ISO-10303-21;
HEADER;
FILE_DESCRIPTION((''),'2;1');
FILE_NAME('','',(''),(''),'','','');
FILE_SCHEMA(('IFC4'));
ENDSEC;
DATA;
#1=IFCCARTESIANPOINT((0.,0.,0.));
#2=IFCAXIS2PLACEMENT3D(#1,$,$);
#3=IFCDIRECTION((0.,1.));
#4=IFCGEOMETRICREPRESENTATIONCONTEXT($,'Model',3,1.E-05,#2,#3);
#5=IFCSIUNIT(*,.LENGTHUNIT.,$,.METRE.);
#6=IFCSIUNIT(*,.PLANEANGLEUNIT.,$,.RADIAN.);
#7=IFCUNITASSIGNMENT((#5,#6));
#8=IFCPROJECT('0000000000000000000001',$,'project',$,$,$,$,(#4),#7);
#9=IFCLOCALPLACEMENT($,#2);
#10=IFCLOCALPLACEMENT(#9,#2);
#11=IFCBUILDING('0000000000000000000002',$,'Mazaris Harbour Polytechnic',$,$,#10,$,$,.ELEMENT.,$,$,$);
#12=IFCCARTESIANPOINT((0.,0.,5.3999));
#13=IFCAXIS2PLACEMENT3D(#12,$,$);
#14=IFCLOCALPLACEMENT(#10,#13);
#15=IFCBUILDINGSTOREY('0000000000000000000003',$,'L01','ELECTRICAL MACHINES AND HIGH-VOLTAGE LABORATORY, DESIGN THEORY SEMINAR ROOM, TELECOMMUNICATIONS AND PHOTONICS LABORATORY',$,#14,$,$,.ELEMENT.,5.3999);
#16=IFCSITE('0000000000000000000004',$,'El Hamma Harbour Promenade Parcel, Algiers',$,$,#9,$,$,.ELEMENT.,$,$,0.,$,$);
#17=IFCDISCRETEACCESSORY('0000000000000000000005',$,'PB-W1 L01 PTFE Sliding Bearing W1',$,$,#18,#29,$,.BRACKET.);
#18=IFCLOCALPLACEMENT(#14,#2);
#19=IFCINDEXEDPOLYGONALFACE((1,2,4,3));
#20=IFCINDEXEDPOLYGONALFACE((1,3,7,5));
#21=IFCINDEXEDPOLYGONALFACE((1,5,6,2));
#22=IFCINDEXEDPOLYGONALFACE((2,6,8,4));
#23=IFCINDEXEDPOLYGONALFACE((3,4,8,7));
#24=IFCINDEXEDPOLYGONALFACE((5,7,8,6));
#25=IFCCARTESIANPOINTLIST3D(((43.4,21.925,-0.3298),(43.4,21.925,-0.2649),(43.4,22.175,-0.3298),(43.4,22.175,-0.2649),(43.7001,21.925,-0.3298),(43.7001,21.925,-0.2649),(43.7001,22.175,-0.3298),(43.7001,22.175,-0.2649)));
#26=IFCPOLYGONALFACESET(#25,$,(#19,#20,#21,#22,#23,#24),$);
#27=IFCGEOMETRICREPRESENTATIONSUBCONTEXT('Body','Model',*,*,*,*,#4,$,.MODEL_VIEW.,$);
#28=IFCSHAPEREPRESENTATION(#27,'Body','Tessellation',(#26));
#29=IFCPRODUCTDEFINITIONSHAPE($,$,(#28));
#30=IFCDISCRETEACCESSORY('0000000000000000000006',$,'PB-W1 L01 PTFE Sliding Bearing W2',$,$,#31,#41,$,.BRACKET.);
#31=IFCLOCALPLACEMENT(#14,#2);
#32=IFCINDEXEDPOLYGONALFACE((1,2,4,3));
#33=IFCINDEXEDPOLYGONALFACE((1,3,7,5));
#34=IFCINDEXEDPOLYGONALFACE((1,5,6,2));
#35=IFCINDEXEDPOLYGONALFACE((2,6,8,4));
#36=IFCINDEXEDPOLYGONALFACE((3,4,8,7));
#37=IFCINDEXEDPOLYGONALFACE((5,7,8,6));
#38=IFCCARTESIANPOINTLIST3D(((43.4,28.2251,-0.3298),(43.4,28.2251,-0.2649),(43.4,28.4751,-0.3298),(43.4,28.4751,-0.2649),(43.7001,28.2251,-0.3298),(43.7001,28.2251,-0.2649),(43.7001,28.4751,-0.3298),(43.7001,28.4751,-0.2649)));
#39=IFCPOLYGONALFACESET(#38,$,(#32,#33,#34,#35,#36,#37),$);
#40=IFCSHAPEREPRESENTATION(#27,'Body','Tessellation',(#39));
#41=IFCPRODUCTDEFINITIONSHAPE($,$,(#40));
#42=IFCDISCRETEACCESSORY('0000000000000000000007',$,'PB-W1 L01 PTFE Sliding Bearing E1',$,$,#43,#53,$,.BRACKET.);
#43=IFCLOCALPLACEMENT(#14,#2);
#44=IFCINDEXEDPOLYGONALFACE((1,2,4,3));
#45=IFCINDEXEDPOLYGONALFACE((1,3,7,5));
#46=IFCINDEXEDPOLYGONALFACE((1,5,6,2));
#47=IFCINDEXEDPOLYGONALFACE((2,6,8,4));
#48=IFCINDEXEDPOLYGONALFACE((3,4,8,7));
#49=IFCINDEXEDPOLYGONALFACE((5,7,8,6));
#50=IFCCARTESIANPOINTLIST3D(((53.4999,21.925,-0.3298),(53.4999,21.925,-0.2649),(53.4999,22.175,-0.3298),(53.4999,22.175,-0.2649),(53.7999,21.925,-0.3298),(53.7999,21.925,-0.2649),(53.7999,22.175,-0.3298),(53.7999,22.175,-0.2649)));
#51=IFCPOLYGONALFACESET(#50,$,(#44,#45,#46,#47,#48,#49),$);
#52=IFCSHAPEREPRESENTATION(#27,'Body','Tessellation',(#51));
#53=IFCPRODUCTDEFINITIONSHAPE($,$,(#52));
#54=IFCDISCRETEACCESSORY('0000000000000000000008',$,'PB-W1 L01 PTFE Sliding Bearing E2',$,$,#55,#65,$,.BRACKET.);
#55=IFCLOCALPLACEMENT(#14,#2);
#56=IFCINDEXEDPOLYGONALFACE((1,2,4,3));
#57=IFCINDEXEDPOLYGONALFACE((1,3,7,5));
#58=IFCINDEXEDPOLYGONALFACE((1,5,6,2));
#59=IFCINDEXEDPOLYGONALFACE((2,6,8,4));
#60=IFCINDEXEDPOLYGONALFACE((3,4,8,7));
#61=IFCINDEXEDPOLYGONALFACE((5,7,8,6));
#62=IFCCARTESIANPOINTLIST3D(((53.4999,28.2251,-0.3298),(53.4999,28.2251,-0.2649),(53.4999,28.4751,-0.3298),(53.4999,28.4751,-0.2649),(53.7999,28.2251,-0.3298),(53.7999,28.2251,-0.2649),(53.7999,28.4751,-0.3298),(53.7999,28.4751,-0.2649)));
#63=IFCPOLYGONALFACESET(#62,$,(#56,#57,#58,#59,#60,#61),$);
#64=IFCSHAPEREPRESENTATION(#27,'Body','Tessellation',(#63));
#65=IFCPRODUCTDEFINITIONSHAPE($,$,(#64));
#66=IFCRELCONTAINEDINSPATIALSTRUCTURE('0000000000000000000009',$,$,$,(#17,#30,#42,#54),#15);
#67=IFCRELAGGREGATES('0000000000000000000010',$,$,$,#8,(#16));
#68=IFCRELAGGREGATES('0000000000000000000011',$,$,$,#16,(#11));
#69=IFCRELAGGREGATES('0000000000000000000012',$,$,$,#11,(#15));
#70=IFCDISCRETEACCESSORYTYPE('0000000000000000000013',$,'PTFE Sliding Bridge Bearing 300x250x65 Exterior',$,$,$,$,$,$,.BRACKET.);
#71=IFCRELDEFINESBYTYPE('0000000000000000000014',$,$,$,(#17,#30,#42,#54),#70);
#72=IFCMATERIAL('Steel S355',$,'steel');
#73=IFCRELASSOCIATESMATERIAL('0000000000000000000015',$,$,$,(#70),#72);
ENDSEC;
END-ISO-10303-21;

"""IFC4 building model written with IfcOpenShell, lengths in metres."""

from ifc_helpers import new_model, si_unit, direction, frame, origin, origin_2d, place, context, subcontext, project, spatial, rectangle, extrude, material, type_object, element, save


model = new_model("IFC4")

# Units and contexts
model_context = context("Model", 3, precision=1e-05, world=origin(), true_north=direction((0.0, 1.0)))
body_context = subcontext(model_context, "Body", "Model", "MODEL_VIEW")
ifc_project = project(units=[si_unit("LENGTHUNIT", "METRE"), si_unit("PLANEANGLEUNIT", "RADIAN")], contexts=[model_context])

# Site, building, storey
site_placement = place(None, origin())
site = spatial("IfcSite", under=ifc_project, at=site_placement, Name="El Hamma Harbour Promenade Parcel, Algiers", CompositionType="ELEMENT", RefElevation=0.0)
building_placement = place(site_placement, origin())
building = spatial("IfcBuilding", under=site, at=building_placement, Name="Mazaris Harbour Polytechnic", CompositionType="ELEMENT")
storey_placement = place(building_placement, frame((0.0, 0.0, 5.3999)))
storey = spatial("IfcBuildingStorey", under=building, at=storey_placement, Name="L01", Description="ELECTRICAL MACHINES AND HIGH-VOLTAGE LABORATORY, DESIGN THEORY SEMINAR ROOM, TELECOMMUNICATIONS AND PHOTONICS LABORATORY", CompositionType="ELEMENT", Elevation=5.3999)

# Discrete accessories
ifc_material_1 = material(Name="Steel S355", Category="steel")
discrete_accessory_type = type_object("IfcDiscreteAccessoryType", Name="PTFE Sliding Bridge Bearing 300x250x65 Exterior", PredefinedType="BRACKET", material=ifc_material_1)
for number, where, z_axis, x_axis, name in (
    (1, (43.55, 22.05, -0.3298), (0.0, 0.0, 1.0), (1.0, 0.0, 0.0), "PB-W1 L01 PTFE Sliding Bearing W1"),
    (2, (43.55, 28.3501, -0.3298), (0.0, 0.0, 1.0), (1.0, 0.0, 0.0), "PB-W1 L01 PTFE Sliding Bearing W2"),
    (3, (53.6499, 22.05, -0.3298), (0.0, 0.0, 1.0), (1.0, 0.0, 0.0), "PB-W1 L01 PTFE Sliding Bearing E1"),
    (4, (53.6499, 28.3501, -0.3298), (0.0, 0.0, 1.0), (1.0, 0.0, 0.0), "PB-W1 L01 PTFE Sliding Bearing E2"),
):
    element("IfcDiscreteAccessory", number, at=place(storey_placement, frame(where, z_axis=z_axis, x_axis=x_axis)), inside=storey, type_object=discrete_accessory_type, Name=name, PredefinedType="BRACKET", context=body_context, shape_type="SweptSolid", body=[
        extrude(rectangle(XDim=0.3, YDim=0.25, at=origin_2d()), origin(), (0.0, 0.0, 1.0), 0.0649),
    ])

save(model, "model.ifc")
